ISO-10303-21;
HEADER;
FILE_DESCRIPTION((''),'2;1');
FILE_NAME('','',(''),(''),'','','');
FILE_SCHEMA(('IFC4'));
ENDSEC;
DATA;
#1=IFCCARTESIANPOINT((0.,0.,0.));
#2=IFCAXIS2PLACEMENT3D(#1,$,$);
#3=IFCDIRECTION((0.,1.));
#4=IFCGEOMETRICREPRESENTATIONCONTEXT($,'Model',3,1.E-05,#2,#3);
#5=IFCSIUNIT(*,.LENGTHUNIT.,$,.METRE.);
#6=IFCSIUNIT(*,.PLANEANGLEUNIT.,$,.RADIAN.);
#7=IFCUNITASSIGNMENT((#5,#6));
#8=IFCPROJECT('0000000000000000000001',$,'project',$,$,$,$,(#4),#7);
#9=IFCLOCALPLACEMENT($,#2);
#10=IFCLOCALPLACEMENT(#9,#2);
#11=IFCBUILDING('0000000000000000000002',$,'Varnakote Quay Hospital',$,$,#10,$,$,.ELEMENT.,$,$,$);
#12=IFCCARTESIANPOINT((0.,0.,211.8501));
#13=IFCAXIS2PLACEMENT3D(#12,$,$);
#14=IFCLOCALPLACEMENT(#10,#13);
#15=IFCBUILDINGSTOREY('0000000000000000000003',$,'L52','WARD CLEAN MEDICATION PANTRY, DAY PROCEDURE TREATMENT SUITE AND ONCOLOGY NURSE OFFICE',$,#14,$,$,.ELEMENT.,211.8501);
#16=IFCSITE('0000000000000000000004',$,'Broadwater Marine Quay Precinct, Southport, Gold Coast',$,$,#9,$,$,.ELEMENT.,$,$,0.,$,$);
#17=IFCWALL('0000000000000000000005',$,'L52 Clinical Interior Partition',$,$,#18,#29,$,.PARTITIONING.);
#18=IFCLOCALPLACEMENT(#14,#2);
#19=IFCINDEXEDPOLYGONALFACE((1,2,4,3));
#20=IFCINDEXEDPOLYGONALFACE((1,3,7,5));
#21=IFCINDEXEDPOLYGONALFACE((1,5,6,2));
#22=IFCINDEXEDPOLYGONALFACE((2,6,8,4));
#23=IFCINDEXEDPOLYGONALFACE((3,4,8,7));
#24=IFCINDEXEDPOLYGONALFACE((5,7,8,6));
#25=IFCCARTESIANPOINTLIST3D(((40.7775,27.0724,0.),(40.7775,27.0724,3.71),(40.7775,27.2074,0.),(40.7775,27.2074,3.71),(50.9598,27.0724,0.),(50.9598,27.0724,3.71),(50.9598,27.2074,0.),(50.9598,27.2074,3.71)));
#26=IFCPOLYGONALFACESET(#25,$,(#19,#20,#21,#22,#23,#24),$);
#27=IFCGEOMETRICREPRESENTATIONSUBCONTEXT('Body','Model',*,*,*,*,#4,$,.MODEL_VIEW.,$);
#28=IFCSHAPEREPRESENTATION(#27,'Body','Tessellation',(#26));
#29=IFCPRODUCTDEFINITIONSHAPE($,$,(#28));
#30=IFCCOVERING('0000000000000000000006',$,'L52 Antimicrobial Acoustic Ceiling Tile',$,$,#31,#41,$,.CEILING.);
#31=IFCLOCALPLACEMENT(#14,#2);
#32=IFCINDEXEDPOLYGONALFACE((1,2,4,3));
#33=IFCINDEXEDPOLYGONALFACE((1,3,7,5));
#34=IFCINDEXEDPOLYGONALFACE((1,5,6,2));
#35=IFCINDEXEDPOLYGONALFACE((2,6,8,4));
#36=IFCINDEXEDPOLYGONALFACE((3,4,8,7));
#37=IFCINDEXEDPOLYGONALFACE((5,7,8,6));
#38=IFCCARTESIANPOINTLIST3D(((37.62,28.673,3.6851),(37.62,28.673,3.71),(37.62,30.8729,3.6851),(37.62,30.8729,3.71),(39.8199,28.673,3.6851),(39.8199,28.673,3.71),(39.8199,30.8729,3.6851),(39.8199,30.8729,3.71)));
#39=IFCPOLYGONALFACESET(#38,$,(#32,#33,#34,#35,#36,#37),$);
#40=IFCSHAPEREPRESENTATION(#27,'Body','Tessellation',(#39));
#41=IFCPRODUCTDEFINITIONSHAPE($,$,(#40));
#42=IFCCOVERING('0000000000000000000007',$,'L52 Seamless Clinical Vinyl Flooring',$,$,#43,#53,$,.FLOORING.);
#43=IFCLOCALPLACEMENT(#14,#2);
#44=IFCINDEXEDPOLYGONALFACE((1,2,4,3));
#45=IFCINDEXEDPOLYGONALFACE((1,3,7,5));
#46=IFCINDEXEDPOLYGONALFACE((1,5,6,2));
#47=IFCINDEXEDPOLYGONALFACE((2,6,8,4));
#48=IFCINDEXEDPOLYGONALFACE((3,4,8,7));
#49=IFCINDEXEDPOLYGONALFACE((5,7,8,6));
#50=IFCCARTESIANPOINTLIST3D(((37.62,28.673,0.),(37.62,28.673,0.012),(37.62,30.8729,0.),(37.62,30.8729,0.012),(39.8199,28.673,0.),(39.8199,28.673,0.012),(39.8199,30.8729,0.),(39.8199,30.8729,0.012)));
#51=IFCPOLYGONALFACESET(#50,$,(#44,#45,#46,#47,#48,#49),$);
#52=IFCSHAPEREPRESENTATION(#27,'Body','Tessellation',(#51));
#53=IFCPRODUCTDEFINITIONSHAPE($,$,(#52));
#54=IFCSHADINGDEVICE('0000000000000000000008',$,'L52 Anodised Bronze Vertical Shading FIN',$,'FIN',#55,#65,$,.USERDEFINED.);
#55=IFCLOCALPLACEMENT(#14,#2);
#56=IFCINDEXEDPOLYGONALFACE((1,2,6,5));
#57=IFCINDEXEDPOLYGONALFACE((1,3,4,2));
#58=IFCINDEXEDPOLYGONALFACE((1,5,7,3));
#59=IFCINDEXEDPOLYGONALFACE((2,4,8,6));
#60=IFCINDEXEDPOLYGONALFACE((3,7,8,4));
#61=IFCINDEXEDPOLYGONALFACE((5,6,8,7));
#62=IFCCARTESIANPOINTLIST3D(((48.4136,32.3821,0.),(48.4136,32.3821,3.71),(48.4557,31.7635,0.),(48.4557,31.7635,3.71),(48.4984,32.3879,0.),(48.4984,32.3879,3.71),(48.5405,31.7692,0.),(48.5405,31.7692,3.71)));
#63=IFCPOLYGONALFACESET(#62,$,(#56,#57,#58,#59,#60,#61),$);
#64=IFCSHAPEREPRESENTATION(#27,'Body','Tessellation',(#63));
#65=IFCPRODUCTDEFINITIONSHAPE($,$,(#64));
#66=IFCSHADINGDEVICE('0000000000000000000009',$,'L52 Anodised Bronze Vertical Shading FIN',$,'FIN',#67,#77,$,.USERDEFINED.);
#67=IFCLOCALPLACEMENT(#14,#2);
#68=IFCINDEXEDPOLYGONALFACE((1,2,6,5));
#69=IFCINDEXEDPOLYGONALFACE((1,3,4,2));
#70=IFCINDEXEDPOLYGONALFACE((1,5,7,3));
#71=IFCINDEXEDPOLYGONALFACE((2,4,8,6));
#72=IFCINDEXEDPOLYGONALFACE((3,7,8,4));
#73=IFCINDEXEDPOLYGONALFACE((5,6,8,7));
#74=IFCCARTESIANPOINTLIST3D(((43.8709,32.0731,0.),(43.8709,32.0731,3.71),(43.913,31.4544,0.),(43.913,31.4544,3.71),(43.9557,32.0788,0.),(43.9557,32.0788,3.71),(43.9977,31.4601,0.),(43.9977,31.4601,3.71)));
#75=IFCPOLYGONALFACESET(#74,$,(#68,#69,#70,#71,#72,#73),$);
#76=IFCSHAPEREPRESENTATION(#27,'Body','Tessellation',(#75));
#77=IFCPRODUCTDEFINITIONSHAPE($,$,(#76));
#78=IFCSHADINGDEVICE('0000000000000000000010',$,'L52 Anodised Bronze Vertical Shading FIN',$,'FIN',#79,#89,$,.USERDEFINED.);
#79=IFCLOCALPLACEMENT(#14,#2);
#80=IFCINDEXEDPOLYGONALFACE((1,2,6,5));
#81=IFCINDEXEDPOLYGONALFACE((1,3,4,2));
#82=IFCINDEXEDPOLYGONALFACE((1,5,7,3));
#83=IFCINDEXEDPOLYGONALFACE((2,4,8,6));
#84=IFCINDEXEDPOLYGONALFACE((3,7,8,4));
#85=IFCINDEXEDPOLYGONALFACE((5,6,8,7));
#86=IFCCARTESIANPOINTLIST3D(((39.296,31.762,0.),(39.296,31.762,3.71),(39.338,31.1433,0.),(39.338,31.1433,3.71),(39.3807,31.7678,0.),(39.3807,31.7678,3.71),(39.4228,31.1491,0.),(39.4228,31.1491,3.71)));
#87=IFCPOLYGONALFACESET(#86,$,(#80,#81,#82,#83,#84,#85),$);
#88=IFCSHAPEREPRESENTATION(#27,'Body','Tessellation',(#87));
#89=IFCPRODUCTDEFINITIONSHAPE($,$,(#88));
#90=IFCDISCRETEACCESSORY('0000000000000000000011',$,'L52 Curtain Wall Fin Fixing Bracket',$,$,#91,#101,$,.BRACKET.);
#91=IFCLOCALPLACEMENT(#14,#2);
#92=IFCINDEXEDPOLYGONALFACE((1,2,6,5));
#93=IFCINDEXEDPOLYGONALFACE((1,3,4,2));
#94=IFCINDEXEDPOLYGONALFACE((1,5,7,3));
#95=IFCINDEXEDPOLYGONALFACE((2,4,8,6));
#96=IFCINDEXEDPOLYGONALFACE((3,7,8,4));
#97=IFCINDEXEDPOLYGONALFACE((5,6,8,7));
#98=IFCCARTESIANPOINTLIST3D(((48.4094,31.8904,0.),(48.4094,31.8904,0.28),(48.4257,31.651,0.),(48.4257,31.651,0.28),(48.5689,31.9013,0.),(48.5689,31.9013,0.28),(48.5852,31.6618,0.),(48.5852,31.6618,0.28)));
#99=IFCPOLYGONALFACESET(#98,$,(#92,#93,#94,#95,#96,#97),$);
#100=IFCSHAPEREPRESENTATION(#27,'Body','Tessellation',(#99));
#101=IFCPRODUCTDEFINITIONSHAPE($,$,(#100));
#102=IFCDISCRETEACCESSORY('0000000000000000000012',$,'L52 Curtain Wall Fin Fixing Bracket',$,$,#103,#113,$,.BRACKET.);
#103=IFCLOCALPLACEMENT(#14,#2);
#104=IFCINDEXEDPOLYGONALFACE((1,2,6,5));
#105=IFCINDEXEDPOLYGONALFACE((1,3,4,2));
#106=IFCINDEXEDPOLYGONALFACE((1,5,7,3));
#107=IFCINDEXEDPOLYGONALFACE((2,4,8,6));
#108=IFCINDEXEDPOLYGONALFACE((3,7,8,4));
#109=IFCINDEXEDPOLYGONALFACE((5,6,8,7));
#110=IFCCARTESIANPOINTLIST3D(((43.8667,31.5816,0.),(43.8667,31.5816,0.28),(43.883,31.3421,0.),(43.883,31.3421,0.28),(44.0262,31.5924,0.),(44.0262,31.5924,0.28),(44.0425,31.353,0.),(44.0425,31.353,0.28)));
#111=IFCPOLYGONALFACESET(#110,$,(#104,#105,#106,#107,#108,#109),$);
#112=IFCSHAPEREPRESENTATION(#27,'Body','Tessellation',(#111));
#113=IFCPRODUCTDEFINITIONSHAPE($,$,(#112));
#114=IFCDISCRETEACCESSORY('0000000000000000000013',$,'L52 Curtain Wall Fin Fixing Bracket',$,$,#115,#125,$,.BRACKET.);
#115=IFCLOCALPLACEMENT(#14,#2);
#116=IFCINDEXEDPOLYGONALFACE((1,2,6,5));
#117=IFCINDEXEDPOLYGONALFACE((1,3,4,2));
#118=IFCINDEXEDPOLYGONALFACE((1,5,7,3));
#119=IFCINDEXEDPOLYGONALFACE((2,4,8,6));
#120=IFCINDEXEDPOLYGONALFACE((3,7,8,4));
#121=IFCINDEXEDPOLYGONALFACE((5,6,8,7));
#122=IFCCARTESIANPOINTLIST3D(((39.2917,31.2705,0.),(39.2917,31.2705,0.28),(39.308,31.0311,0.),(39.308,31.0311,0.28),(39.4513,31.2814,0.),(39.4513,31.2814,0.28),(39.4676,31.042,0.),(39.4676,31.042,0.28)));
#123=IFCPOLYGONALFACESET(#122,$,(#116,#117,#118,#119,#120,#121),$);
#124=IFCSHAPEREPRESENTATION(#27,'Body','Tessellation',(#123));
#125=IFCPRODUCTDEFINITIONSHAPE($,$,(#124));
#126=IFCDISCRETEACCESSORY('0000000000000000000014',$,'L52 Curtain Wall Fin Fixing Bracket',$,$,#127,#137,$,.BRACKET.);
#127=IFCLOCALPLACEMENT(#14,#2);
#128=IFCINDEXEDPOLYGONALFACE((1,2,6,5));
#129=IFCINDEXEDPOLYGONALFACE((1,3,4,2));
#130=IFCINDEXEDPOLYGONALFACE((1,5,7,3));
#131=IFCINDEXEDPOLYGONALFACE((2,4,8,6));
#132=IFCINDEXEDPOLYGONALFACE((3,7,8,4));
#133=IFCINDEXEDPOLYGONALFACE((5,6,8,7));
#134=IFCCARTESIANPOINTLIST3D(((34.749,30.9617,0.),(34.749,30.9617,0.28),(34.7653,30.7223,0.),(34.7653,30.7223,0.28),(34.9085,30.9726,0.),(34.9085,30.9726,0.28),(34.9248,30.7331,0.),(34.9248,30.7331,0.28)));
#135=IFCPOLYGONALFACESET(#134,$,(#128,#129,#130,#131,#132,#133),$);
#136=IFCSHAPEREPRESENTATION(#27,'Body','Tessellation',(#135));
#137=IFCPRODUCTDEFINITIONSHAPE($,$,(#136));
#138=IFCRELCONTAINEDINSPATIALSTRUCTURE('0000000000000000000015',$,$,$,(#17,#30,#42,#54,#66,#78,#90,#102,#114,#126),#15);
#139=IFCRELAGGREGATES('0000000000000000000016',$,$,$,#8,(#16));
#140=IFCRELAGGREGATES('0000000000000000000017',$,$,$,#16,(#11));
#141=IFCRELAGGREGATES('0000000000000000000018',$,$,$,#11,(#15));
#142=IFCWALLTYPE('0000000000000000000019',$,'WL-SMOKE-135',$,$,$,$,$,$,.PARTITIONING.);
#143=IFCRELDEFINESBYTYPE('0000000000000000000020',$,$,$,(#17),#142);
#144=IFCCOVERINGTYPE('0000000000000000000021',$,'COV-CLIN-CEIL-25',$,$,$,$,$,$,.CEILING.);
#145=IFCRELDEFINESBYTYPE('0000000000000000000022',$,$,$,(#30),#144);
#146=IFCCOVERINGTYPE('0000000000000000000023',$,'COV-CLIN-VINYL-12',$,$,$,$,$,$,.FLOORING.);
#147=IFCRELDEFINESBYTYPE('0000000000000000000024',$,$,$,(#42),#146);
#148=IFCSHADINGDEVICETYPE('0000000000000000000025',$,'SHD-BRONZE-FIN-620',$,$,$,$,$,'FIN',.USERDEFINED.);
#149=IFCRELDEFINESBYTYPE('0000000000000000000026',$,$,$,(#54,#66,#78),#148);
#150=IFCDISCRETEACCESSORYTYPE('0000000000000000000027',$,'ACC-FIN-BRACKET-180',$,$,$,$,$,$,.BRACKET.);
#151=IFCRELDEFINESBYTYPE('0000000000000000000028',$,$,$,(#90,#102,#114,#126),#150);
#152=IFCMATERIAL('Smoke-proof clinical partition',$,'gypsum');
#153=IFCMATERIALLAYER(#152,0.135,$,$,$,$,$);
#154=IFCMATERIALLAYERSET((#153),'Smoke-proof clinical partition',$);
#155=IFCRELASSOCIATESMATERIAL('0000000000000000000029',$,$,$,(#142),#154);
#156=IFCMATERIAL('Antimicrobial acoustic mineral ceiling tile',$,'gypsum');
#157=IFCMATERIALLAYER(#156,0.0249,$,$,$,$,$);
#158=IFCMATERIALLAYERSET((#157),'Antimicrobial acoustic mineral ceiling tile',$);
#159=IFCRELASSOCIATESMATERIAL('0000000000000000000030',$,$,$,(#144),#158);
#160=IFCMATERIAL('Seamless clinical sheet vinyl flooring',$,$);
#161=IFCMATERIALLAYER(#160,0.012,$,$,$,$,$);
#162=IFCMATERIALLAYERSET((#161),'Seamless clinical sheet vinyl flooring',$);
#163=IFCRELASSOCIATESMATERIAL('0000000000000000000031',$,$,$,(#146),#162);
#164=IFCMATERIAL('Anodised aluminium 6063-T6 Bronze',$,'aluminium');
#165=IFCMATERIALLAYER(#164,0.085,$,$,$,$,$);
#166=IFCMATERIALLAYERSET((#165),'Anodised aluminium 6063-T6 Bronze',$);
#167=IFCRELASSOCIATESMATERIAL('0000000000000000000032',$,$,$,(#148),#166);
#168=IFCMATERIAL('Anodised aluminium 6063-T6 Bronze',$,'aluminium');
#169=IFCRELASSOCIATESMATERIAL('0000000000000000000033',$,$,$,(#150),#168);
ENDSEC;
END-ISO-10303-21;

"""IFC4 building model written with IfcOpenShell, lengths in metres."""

from ifc_helpers import new_model, si_unit, direction, frame, frame_2d, origin, origin_2d, place, context, subcontext, project, spatial, rectangle, extrude, material, layer, layer_set, type_object, element, save


model = new_model("IFC4")

# Units and contexts
model_context = context("Model", 3, precision=1e-05, world=origin(), true_north=direction((0.0, 1.0)))
body_context = subcontext(model_context, "Body", "Model", "MODEL_VIEW")
ifc_project = project(units=[si_unit("LENGTHUNIT", "METRE"), si_unit("PLANEANGLEUNIT", "RADIAN")], contexts=[model_context])

# Site, building, storey
site_placement = place(None, origin())
site = spatial("IfcSite", under=ifc_project, at=site_placement, Name="Broadwater Marine Quay Precinct, Southport, Gold Coast", CompositionType="ELEMENT", RefElevation=0.0)
building_placement = place(site_placement, origin())
building = spatial("IfcBuilding", under=site, at=building_placement, Name="Varnakote Quay Hospital", CompositionType="ELEMENT")
storey_placement = place(building_placement, frame((0.0, 0.0, 211.8501)))
storey = spatial("IfcBuildingStorey", under=building, at=storey_placement, Name="L52", Description="WARD CLEAN MEDICATION PANTRY, DAY PROCEDURE TREATMENT SUITE AND ONCOLOGY NURSE OFFICE", CompositionType="ELEMENT", Elevation=211.8501)

# Wall
ifc_material_1 = material(Name="Smoke-proof clinical partition", Category="gypsum")
ifc_layer_1 = layer(ifc_material_1, 0.135)
ifc_layer_set_1 = layer_set([ifc_layer_1], Name="Smoke-proof clinical partition")
wall_type_1 = type_object("IfcWallType", Name="WL-SMOKE-135", PredefinedType="PARTITIONING", material=ifc_layer_set_1)
wall_1_placement = place(storey_placement, frame((50.96, 27.1399, 0.0), z_axis=(0.0, 0.0, 1.0), x_axis=(-1.0, 0.0, 0.0)))
element("IfcWall", 1, at=wall_1_placement, inside=storey, type_object=wall_type_1, Name="L52 Clinical Interior Partition", PredefinedType="PARTITIONING", context=body_context, shape_type="SweptSolid", body=[
    extrude(rectangle(XDim=10.1824, YDim=0.135, at=frame_2d((5.0913, 0.0))), origin(), (0.0, 0.0, 1.0), 3.71),
])

# Coverings
ifc_material_2 = material(Name="Antimicrobial acoustic mineral ceiling tile", Category="gypsum")
ifc_layer_2 = layer(ifc_material_2, 0.0249)
ifc_layer_set_2 = layer_set([ifc_layer_2], Name="Antimicrobial acoustic mineral ceiling tile")
covering_type_1 = type_object("IfcCoveringType", Name="COV-CLIN-CEIL-25", PredefinedType="CEILING", material=ifc_layer_set_2)
covering_1_placement = place(storey_placement, frame((38.72, 29.7729, 3.6851), z_axis=(0.0, 0.0, 1.0), x_axis=(1.0, 0.0, 0.0)))
element("IfcCovering", 2, at=covering_1_placement, inside=storey, type_object=covering_type_1, Name="L52 Antimicrobial Acoustic Ceiling Tile", PredefinedType="CEILING", context=body_context, shape_type="SweptSolid", body=[
    extrude(rectangle(XDim=2.2, YDim=2.2, at=origin_2d()), origin(), (0.0, 0.0, 1.0), 0.0249),
])
ifc_material_3 = material(Name="Seamless clinical sheet vinyl flooring")
ifc_layer_3 = layer(ifc_material_3, 0.012)
ifc_layer_set_3 = layer_set([ifc_layer_3], Name="Seamless clinical sheet vinyl flooring")
covering_type_2 = type_object("IfcCoveringType", Name="COV-CLIN-VINYL-12", PredefinedType="FLOORING", material=ifc_layer_set_3)
covering_2_placement = place(storey_placement, frame((38.72, 29.7729, 0.0), z_axis=(0.0, 0.0, 1.0), x_axis=(1.0, 0.0, 0.0)))
element("IfcCovering", 3, at=covering_2_placement, inside=storey, type_object=covering_type_2, Name="L52 Seamless Clinical Vinyl Flooring", PredefinedType="FLOORING", context=body_context, shape_type="SweptSolid", body=[
    extrude(rectangle(XDim=2.2, YDim=2.2, at=origin_2d()), origin(), (0.0, 0.0, 1.0), 0.012),
])

# Shading devices
ifc_material_4 = material(Name="Anodised aluminium 6063-T6 Bronze", Category="aluminium")
ifc_layer_4 = layer(ifc_material_4, 0.085)
ifc_layer_set_4 = layer_set([ifc_layer_4], Name="Anodised aluminium 6063-T6 Bronze")
shading_device_type = type_object("IfcShadingDeviceType", Name="SHD-BRONZE-FIN-620", ElementType="FIN", PredefinedType="USERDEFINED", material=ifc_layer_set_4)
for number, where, z_axis, x_axis, name in (
    (4, (48.4771, 32.0757, 0.0), (0.0, 0.0, 1.0), (0.067841, -0.997696, 0.0), "L52 Anodised Bronze Vertical Shading FIN"),
    (5, (43.9343, 31.7666, 0.0), (0.0, 0.0, 1.0), (0.067841, -0.997696, 0.0), "L52 Anodised Bronze Vertical Shading FIN"),
    (6, (39.3594, 31.4556, 0.0), (0.0, 0.0, 1.0), (0.067841, -0.997696, 0.0), "L52 Anodised Bronze Vertical Shading FIN"),
):
    element("IfcShadingDevice", number, at=place(storey_placement, frame(where, z_axis=z_axis, x_axis=x_axis)), inside=storey, type_object=shading_device_type, Name=name, ObjectType="FIN", PredefinedType="USERDEFINED", context=body_context, shape_type="SweptSolid", body=[
        extrude(rectangle(XDim=0.6201, YDim=0.085, at=origin_2d()), origin(), (0.0, 0.0, 1.0), 3.71),
    ])

# Discrete accessories
ifc_material_5 = material(Name="Anodised aluminium 6063-T6 Bronze", Category="aluminium")
discrete_accessory_type = type_object("IfcDiscreteAccessoryType", Name="ACC-FIN-BRACKET-180", PredefinedType="BRACKET", material=ifc_material_5)
for number, where, z_axis, x_axis, name in (
    (7, (48.4973, 31.7761, 0.0), (0.0, 0.0, 1.0), (-0.997696, -0.067841, 0.0), "L52 Curtain Wall Fin Fixing Bracket"),
    (8, (43.9546, 31.4673, 0.0), (0.0, 0.0, 1.0), (-0.997696, -0.067841, 0.0), "L52 Curtain Wall Fin Fixing Bracket"),
    (9, (39.3796, 31.1562, 0.0), (0.0, 0.0, 1.0), (-0.997696, -0.067841, 0.0), "L52 Curtain Wall Fin Fixing Bracket"),
    (10, (34.8369, 30.8474, 0.0), (0.0, 0.0, 1.0), (-0.997696, -0.067841, 0.0), "L52 Curtain Wall Fin Fixing Bracket"),
):
    element("IfcDiscreteAccessory", number, at=place(storey_placement, frame(where, z_axis=z_axis, x_axis=x_axis)), inside=storey, type_object=discrete_accessory_type, Name=name, PredefinedType="BRACKET", context=body_context, shape_type="SweptSolid", body=[
        extrude(rectangle(XDim=0.1599, YDim=0.24, at=origin_2d()), origin(), (0.0, 0.0, 1.0), 0.28),
    ])

save(model, "model.ifc")
